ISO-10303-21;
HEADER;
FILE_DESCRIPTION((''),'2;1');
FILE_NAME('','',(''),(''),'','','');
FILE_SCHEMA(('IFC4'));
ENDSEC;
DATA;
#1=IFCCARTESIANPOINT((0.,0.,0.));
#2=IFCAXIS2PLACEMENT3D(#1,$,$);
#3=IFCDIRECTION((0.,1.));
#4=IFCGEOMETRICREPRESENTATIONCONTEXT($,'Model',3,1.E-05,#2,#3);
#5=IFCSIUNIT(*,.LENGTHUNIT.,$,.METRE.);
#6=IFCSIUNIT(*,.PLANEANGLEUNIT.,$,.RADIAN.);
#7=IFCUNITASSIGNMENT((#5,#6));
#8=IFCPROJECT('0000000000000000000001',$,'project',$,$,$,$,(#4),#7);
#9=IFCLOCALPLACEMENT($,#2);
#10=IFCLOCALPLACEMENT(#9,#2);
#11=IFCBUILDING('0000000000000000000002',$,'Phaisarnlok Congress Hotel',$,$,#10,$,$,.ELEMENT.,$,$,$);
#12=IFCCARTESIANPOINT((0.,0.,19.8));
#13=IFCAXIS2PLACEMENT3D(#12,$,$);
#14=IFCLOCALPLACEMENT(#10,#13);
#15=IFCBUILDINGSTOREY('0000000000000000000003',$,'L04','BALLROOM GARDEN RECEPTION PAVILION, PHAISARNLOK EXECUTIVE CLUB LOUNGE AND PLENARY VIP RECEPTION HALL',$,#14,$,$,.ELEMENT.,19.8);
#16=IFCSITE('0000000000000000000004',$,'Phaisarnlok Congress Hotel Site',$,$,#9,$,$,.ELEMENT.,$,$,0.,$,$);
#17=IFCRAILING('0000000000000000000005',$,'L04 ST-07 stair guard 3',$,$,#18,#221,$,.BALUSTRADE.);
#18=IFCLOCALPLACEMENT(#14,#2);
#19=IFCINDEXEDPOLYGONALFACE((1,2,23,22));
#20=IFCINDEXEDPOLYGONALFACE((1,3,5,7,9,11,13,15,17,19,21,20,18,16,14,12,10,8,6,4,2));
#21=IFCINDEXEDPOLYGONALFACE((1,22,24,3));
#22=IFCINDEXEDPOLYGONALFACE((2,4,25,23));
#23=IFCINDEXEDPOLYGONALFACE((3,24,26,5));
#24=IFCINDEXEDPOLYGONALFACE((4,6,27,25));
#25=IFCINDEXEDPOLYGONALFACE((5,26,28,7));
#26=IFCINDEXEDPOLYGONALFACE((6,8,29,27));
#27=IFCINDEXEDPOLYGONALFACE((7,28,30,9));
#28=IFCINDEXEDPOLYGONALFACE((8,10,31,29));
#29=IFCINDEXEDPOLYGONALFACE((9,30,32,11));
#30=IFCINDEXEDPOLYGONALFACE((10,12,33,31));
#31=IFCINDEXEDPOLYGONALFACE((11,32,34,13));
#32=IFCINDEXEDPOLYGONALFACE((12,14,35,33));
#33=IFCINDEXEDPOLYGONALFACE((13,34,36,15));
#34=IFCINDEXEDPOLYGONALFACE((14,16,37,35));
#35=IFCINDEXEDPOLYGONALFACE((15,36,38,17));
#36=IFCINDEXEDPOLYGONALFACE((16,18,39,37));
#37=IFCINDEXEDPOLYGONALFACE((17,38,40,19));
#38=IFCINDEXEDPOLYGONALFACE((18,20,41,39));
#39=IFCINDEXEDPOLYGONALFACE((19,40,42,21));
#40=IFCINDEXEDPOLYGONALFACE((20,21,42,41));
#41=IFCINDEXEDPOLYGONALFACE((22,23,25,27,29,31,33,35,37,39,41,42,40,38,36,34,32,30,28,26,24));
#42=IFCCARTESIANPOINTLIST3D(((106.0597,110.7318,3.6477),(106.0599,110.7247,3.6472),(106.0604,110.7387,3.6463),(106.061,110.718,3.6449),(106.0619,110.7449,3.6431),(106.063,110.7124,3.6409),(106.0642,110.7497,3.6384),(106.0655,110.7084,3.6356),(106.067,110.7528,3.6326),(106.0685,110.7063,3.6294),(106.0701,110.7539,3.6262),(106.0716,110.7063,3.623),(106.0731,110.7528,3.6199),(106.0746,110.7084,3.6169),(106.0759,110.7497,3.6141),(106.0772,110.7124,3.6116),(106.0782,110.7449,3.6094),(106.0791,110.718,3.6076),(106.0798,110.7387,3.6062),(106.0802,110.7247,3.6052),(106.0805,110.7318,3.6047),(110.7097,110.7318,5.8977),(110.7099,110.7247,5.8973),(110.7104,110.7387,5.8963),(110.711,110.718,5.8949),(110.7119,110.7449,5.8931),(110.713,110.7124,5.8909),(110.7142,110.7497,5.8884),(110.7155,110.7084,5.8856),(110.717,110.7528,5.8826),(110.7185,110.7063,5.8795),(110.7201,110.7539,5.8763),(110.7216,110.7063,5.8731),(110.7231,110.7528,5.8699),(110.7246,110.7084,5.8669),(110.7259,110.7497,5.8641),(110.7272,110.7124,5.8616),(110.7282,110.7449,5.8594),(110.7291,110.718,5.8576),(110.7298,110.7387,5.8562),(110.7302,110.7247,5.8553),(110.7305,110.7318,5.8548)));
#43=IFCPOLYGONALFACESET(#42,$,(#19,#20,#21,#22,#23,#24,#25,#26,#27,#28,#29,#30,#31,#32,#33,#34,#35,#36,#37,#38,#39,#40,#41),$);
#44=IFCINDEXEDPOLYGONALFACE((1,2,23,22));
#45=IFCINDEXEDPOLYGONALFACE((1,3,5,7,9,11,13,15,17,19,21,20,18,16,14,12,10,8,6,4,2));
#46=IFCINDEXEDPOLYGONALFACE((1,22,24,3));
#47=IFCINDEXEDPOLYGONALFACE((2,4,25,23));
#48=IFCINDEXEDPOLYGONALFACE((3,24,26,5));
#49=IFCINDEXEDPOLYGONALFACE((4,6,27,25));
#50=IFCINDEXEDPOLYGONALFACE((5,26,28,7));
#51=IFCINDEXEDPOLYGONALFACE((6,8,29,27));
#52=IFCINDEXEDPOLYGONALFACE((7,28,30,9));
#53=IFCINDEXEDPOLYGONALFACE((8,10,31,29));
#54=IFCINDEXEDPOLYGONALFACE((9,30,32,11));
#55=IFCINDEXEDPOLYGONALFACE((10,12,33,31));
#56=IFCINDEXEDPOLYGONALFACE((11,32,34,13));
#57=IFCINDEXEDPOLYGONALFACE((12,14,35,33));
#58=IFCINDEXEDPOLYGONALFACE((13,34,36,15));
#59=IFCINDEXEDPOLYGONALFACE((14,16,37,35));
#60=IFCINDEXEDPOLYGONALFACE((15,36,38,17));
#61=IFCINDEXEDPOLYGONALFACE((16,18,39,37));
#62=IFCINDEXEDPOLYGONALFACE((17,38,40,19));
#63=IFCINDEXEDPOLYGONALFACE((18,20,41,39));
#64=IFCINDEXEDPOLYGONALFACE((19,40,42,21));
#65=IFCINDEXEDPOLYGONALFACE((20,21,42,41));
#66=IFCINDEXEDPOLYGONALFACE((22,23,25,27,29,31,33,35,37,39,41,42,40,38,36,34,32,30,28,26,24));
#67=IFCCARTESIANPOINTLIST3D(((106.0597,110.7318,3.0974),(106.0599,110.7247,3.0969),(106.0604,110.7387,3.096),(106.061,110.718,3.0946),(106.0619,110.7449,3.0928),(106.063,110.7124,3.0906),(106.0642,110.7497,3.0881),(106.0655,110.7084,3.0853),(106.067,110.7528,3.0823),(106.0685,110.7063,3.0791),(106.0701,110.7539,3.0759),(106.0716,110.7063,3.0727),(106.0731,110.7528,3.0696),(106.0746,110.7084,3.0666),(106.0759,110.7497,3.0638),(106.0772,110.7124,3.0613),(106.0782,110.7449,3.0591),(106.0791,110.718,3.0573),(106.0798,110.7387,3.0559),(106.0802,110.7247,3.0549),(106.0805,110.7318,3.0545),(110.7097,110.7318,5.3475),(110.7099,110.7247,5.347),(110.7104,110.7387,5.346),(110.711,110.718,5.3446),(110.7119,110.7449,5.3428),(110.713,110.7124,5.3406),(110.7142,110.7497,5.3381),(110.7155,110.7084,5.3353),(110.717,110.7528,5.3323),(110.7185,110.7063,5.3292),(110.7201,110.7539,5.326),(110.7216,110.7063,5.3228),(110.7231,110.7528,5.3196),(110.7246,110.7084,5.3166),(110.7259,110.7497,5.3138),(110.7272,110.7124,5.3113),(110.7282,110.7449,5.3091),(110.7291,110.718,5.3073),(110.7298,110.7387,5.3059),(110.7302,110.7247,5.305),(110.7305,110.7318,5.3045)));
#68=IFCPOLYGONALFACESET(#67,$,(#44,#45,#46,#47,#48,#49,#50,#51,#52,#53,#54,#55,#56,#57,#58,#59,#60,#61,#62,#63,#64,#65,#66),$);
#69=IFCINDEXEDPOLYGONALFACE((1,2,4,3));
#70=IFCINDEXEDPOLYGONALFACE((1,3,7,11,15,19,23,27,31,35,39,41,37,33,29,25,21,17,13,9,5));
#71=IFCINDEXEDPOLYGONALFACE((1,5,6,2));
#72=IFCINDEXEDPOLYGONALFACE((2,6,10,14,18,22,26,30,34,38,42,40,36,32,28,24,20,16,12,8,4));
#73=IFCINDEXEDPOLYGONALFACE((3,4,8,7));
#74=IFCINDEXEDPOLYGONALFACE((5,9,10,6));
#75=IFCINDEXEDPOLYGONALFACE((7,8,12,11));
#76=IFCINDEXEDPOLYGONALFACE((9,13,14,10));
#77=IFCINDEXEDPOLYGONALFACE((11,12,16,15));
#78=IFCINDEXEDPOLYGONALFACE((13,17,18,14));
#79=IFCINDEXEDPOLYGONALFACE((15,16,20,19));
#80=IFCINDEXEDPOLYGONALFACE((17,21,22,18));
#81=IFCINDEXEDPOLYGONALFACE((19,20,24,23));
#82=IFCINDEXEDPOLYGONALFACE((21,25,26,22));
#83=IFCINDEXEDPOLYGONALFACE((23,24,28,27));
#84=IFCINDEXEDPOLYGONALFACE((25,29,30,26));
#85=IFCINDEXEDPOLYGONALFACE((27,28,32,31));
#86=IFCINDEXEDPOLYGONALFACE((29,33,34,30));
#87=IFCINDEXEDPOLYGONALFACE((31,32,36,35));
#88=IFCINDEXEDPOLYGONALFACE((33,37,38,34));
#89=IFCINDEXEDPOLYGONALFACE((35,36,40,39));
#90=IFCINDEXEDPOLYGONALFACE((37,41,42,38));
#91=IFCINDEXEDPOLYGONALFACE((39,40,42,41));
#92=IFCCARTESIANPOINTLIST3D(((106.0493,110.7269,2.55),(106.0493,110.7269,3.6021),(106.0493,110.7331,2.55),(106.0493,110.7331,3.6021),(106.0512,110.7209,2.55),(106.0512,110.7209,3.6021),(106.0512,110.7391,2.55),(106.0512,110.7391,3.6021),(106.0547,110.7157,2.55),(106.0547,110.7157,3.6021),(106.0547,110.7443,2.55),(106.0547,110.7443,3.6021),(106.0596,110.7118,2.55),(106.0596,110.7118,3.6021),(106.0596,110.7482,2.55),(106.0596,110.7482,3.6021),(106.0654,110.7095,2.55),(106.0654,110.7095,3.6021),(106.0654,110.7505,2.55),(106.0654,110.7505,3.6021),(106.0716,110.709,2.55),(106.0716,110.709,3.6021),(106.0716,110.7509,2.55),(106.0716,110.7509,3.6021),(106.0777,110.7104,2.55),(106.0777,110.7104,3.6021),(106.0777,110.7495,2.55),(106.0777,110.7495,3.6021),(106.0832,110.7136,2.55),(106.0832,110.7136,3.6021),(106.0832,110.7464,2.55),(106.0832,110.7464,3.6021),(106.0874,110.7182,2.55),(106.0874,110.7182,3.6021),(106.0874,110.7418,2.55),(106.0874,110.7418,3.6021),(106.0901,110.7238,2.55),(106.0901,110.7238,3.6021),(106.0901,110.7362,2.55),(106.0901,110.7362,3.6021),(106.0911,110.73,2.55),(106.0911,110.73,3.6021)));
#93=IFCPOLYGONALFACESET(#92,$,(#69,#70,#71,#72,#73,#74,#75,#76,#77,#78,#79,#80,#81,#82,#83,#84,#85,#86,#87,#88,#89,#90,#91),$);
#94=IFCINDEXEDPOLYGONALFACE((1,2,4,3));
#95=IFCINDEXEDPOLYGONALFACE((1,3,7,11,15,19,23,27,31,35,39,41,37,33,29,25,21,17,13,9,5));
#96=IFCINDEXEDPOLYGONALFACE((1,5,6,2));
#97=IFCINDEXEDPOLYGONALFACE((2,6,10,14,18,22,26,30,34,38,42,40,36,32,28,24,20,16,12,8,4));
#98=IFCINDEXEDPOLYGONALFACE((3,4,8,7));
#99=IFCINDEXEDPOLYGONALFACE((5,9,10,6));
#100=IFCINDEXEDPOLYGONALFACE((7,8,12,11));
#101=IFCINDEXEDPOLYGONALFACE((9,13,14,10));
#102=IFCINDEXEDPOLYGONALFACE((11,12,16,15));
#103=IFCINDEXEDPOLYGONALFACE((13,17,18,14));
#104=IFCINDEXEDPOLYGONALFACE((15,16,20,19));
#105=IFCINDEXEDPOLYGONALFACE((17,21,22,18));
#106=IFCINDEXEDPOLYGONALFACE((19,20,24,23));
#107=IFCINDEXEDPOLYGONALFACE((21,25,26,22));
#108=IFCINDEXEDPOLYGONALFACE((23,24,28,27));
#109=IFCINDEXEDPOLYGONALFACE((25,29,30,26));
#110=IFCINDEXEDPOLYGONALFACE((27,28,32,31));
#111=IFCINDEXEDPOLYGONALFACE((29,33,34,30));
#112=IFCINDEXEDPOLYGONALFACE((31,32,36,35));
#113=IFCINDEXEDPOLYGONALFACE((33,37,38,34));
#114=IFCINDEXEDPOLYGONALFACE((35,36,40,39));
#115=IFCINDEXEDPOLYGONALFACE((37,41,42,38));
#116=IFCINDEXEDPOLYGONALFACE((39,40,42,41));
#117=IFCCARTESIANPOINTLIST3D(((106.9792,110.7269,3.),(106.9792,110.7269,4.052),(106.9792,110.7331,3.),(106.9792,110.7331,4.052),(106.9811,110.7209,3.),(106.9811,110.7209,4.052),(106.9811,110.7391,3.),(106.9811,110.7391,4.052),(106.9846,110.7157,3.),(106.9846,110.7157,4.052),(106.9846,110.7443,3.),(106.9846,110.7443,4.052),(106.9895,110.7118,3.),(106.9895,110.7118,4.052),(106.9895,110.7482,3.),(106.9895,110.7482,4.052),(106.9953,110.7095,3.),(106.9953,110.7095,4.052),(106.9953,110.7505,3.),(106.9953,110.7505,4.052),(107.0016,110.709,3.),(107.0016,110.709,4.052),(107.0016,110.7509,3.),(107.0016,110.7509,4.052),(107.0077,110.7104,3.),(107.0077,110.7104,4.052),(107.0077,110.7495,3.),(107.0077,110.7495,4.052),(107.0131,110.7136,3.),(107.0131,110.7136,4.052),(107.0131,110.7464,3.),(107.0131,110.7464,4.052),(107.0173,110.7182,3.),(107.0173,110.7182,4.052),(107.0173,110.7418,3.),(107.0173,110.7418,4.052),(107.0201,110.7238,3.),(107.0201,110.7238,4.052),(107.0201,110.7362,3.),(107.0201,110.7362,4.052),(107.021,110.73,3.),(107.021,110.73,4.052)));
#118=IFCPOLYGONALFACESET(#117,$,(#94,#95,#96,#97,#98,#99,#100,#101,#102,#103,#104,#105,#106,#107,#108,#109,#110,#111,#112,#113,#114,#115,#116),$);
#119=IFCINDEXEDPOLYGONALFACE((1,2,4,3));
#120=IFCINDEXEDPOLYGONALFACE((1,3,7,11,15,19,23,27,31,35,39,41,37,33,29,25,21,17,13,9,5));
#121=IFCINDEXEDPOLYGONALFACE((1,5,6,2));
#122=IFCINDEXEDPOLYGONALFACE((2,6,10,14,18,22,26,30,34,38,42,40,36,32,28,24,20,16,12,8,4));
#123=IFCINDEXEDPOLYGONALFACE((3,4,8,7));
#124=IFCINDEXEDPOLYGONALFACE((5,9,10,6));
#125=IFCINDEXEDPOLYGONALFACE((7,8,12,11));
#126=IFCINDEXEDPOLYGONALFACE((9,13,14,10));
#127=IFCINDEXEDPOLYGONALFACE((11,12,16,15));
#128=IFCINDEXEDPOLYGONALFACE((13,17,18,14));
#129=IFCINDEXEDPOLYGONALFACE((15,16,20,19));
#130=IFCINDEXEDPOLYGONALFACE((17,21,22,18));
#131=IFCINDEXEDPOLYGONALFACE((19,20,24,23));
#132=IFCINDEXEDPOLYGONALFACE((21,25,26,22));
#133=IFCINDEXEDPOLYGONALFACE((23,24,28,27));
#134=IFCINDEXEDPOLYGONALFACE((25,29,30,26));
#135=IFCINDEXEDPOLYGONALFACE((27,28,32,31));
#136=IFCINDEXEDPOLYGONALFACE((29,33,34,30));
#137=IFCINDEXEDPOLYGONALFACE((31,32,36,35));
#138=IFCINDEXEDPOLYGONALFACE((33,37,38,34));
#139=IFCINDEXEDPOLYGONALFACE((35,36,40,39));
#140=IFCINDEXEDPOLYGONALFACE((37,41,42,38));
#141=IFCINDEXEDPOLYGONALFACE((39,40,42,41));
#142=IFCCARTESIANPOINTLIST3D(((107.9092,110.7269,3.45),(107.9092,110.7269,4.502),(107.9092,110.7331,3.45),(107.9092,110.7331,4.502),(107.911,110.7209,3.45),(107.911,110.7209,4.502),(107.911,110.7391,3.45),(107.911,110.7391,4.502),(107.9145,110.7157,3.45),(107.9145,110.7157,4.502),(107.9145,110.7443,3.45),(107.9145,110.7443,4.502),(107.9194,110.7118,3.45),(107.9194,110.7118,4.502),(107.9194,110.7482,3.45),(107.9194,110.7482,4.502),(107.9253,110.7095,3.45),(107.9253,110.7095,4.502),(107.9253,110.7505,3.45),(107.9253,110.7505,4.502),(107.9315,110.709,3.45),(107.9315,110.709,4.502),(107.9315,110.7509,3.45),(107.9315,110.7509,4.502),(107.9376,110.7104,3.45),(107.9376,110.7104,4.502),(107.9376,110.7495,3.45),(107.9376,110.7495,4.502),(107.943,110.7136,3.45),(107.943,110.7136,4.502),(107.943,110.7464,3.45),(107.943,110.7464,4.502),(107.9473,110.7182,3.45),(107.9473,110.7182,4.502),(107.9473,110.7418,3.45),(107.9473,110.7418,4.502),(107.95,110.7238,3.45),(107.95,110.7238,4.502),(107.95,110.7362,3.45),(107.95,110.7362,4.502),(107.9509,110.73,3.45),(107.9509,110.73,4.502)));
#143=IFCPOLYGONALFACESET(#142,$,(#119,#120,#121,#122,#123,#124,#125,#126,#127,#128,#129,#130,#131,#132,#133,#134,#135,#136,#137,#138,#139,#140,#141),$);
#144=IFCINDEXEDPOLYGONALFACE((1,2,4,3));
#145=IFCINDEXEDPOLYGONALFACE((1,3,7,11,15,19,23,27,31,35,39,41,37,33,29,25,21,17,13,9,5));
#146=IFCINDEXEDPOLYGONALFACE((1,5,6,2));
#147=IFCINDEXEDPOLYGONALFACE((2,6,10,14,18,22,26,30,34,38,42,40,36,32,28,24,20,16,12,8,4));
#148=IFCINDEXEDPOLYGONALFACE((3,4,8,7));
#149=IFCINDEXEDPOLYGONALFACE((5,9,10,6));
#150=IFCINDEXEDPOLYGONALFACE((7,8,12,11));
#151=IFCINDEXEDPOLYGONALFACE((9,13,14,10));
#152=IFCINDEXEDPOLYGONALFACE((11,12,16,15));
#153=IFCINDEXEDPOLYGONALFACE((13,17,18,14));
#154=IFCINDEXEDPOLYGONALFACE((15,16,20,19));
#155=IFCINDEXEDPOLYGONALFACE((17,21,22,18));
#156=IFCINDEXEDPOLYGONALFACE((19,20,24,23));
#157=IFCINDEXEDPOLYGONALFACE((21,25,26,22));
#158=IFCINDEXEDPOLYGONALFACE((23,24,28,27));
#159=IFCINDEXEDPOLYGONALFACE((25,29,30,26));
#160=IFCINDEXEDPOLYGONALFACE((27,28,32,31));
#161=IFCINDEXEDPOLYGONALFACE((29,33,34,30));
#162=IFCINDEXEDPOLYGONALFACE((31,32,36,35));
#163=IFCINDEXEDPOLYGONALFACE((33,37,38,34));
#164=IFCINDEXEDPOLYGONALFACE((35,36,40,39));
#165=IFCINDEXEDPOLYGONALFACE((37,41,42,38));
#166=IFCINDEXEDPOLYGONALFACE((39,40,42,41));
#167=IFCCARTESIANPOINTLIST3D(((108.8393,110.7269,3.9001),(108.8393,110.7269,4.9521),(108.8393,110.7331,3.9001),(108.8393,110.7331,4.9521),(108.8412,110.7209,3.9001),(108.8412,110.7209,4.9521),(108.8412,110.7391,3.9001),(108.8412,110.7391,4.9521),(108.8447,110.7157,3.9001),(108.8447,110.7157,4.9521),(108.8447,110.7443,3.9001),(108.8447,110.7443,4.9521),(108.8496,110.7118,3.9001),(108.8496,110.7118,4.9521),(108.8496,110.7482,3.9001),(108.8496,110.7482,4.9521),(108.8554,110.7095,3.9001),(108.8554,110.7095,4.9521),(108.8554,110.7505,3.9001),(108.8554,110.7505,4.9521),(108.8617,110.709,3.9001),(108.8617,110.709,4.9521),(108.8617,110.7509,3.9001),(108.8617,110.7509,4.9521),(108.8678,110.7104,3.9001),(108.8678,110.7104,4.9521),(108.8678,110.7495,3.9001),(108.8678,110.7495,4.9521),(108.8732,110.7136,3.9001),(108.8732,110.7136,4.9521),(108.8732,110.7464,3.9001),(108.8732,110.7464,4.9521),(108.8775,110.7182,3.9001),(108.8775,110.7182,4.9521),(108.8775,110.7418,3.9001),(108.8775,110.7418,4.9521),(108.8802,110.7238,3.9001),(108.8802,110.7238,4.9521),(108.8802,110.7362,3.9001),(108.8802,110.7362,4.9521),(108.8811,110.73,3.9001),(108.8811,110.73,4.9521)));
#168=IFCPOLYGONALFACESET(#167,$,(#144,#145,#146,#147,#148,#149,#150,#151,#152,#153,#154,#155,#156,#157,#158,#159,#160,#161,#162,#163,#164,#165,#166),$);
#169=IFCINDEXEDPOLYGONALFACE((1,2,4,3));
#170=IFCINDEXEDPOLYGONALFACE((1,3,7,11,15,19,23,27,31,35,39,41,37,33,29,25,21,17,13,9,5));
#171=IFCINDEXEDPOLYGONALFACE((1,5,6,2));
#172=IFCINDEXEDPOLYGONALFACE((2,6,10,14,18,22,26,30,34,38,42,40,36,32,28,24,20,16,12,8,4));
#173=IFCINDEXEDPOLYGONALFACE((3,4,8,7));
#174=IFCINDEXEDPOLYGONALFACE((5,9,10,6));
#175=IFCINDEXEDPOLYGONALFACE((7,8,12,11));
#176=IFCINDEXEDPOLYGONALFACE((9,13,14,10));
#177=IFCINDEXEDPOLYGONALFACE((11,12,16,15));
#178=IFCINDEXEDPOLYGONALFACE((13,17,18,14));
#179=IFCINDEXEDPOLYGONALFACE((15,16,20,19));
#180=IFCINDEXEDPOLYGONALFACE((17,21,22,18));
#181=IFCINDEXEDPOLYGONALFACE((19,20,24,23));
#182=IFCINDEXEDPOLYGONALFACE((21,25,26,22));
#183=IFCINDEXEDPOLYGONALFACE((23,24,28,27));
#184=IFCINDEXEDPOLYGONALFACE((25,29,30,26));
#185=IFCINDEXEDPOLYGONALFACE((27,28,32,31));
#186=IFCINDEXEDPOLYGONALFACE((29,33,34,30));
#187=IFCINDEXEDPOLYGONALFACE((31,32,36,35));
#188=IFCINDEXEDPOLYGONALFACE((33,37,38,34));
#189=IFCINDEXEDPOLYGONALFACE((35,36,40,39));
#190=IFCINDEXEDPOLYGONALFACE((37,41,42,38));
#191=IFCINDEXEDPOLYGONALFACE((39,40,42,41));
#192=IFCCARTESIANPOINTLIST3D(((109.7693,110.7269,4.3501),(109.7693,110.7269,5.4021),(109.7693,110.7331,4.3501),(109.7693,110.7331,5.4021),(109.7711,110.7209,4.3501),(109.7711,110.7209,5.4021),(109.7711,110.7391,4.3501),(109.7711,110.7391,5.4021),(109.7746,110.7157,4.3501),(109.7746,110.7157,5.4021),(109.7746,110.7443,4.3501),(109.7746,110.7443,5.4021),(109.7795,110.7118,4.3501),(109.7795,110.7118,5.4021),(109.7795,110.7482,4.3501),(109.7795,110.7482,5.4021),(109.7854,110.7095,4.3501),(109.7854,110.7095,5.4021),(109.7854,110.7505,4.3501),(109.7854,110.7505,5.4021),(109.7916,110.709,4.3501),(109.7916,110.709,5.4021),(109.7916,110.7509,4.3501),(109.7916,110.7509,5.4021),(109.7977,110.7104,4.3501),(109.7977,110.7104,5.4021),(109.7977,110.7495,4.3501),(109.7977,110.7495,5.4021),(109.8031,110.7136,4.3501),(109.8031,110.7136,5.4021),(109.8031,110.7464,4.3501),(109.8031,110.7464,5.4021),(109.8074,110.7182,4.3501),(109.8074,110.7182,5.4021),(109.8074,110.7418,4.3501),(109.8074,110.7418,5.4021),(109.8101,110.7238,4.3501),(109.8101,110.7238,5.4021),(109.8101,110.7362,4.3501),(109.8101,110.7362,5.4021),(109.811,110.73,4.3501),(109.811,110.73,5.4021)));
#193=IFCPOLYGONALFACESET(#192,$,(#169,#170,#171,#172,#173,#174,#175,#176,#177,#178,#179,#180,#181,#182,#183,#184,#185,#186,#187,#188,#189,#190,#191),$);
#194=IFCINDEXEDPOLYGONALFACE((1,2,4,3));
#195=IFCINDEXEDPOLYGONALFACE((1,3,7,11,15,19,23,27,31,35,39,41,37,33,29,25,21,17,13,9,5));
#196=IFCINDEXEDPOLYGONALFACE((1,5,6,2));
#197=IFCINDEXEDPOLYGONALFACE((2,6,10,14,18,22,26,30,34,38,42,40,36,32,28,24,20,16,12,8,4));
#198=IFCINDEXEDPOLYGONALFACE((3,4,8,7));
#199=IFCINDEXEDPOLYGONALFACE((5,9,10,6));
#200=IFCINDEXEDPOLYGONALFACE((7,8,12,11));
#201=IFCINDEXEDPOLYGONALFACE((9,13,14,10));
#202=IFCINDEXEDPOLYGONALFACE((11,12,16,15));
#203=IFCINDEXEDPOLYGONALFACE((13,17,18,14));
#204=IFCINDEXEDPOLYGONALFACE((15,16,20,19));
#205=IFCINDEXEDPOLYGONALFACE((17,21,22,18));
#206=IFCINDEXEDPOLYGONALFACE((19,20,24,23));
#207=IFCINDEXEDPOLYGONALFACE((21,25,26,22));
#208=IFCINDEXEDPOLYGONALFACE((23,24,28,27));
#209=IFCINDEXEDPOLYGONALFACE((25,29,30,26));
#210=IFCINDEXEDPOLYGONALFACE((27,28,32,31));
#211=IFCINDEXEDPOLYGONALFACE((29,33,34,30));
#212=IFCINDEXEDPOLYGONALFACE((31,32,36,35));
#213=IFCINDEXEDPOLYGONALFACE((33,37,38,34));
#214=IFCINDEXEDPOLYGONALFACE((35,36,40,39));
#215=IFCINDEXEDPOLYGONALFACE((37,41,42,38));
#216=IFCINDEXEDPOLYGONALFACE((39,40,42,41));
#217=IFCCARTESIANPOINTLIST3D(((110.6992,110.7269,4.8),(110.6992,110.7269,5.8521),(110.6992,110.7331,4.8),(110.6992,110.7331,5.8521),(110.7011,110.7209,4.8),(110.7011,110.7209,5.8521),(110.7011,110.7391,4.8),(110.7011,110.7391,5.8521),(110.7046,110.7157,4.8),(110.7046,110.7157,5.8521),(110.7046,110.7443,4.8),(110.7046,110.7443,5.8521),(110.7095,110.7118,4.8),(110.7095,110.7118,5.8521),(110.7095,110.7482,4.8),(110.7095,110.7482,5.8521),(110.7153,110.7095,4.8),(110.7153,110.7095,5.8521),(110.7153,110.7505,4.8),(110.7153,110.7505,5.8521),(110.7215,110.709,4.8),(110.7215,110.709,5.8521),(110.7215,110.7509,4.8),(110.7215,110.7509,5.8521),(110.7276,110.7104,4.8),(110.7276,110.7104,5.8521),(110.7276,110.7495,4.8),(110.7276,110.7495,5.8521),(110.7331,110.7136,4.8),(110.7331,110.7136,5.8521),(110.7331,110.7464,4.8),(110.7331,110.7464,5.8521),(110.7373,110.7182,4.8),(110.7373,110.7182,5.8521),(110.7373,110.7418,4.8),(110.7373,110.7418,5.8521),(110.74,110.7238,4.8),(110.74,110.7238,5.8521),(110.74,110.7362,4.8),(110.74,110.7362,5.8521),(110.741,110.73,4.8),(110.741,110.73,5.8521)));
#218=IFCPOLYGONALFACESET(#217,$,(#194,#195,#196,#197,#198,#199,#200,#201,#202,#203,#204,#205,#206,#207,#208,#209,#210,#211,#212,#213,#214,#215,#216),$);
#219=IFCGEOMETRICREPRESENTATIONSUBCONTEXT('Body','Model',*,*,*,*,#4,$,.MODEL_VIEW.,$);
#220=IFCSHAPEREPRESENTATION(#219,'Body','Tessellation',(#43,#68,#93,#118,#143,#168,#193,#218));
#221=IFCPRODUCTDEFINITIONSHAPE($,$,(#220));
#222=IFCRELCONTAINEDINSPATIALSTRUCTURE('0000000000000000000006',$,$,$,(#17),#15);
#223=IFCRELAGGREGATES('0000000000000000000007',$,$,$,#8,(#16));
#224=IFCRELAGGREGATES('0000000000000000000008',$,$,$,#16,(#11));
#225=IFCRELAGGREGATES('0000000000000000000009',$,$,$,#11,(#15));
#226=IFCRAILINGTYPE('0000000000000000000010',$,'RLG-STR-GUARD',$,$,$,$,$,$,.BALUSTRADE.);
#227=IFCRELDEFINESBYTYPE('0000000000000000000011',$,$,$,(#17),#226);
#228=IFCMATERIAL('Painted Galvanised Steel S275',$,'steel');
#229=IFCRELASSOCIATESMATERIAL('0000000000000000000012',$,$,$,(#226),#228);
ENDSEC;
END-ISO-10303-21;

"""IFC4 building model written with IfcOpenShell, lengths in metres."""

from ifc_helpers import new_model, si_unit, direction, frame, origin, origin_2d, place, context, subcontext, project, spatial, circle, extrude, material, type_object, element, save


model = new_model("IFC4")

# Units and contexts
model_context = context("Model", 3, precision=1e-05, world=origin(), true_north=direction((0.0, 1.0)))
body_context = subcontext(model_context, "Body", "Model", "MODEL_VIEW")
ifc_project = project(units=[si_unit("LENGTHUNIT", "METRE"), si_unit("PLANEANGLEUNIT", "RADIAN")], contexts=[model_context])

# Site, building, storey
site_placement = place(None, origin())
site = spatial("IfcSite", under=ifc_project, at=site_placement, Name="Phaisarnlok Congress Hotel Site", CompositionType="ELEMENT", RefElevation=0.0)
building_placement = place(site_placement, origin())
building = spatial("IfcBuilding", under=site, at=building_placement, Name="Phaisarnlok Congress Hotel", CompositionType="ELEMENT")
storey_placement = place(building_placement, frame((0.0, 0.0, 19.8)))
storey = spatial("IfcBuildingStorey", under=building, at=storey_placement, Name="L04", Description="BALLROOM GARDEN RECEPTION PAVILION, PHAISARNLOK EXECUTIVE CLUB LOUNGE AND PLENARY VIP RECEPTION HALL", CompositionType="ELEMENT", Elevation=19.8)

# Railing
ifc_material_1 = material(Name="Painted Galvanised Steel S275", Category="steel")
railing_type_1 = type_object("IfcRailingType", Name="RLG-STR-GUARD", PredefinedType="BALUSTRADE", material=ifc_material_1)
railing_1_placement = place(storey_placement, frame((106.0701, 110.73, 2.55)))
element("IfcRailing", 1, at=railing_1_placement, inside=storey, type_object=railing_type_1, Name="L04 ST-07 stair guard 3", PredefinedType="BALUSTRADE", context=body_context, shape_type="SweptSolid", body=[
    extrude(circle(Radius=0.0239, at=origin_2d()), frame((0.0, 0.0, 1.0762), z_axis=(0.900156, 0.0, 0.435568), x_axis=(0.0, 1.0, 0.0)), (0.0, 0.0, 1.0), 5.1658),
    extrude(circle(Radius=0.0239, at=origin_2d()), frame((0.0, 0.0, 0.5259), z_axis=(0.900156, 0.0, 0.435568), x_axis=(0.0, 1.0, 0.0)), (0.0, 0.0, 1.0), 5.1658),
    extrude(circle(Radius=0.021, at=origin_2d()), origin(), (0.0, 0.0, 1.0), 1.052),
    extrude(circle(Radius=0.021, at=origin_2d()), frame((0.9299, 0.0, 0.45)), (0.0, 0.0, 1.0), 1.052),
    extrude(circle(Radius=0.021, at=origin_2d()), frame((1.8599, 0.0, 0.8999)), (0.0, 0.0, 1.0), 1.052),
    extrude(circle(Radius=0.021, at=origin_2d()), frame((2.79, 0.0, 1.3501)), (0.0, 0.0, 1.0), 1.052),
    extrude(circle(Radius=0.021, at=origin_2d()), frame((3.72, 0.0, 1.8)), (0.0, 0.0, 1.0), 1.052),
    extrude(circle(Radius=0.021, at=origin_2d()), frame((4.6499, 0.0, 2.25)), (0.0, 0.0, 1.0), 1.052),
])

save(model, "model.ifc")
